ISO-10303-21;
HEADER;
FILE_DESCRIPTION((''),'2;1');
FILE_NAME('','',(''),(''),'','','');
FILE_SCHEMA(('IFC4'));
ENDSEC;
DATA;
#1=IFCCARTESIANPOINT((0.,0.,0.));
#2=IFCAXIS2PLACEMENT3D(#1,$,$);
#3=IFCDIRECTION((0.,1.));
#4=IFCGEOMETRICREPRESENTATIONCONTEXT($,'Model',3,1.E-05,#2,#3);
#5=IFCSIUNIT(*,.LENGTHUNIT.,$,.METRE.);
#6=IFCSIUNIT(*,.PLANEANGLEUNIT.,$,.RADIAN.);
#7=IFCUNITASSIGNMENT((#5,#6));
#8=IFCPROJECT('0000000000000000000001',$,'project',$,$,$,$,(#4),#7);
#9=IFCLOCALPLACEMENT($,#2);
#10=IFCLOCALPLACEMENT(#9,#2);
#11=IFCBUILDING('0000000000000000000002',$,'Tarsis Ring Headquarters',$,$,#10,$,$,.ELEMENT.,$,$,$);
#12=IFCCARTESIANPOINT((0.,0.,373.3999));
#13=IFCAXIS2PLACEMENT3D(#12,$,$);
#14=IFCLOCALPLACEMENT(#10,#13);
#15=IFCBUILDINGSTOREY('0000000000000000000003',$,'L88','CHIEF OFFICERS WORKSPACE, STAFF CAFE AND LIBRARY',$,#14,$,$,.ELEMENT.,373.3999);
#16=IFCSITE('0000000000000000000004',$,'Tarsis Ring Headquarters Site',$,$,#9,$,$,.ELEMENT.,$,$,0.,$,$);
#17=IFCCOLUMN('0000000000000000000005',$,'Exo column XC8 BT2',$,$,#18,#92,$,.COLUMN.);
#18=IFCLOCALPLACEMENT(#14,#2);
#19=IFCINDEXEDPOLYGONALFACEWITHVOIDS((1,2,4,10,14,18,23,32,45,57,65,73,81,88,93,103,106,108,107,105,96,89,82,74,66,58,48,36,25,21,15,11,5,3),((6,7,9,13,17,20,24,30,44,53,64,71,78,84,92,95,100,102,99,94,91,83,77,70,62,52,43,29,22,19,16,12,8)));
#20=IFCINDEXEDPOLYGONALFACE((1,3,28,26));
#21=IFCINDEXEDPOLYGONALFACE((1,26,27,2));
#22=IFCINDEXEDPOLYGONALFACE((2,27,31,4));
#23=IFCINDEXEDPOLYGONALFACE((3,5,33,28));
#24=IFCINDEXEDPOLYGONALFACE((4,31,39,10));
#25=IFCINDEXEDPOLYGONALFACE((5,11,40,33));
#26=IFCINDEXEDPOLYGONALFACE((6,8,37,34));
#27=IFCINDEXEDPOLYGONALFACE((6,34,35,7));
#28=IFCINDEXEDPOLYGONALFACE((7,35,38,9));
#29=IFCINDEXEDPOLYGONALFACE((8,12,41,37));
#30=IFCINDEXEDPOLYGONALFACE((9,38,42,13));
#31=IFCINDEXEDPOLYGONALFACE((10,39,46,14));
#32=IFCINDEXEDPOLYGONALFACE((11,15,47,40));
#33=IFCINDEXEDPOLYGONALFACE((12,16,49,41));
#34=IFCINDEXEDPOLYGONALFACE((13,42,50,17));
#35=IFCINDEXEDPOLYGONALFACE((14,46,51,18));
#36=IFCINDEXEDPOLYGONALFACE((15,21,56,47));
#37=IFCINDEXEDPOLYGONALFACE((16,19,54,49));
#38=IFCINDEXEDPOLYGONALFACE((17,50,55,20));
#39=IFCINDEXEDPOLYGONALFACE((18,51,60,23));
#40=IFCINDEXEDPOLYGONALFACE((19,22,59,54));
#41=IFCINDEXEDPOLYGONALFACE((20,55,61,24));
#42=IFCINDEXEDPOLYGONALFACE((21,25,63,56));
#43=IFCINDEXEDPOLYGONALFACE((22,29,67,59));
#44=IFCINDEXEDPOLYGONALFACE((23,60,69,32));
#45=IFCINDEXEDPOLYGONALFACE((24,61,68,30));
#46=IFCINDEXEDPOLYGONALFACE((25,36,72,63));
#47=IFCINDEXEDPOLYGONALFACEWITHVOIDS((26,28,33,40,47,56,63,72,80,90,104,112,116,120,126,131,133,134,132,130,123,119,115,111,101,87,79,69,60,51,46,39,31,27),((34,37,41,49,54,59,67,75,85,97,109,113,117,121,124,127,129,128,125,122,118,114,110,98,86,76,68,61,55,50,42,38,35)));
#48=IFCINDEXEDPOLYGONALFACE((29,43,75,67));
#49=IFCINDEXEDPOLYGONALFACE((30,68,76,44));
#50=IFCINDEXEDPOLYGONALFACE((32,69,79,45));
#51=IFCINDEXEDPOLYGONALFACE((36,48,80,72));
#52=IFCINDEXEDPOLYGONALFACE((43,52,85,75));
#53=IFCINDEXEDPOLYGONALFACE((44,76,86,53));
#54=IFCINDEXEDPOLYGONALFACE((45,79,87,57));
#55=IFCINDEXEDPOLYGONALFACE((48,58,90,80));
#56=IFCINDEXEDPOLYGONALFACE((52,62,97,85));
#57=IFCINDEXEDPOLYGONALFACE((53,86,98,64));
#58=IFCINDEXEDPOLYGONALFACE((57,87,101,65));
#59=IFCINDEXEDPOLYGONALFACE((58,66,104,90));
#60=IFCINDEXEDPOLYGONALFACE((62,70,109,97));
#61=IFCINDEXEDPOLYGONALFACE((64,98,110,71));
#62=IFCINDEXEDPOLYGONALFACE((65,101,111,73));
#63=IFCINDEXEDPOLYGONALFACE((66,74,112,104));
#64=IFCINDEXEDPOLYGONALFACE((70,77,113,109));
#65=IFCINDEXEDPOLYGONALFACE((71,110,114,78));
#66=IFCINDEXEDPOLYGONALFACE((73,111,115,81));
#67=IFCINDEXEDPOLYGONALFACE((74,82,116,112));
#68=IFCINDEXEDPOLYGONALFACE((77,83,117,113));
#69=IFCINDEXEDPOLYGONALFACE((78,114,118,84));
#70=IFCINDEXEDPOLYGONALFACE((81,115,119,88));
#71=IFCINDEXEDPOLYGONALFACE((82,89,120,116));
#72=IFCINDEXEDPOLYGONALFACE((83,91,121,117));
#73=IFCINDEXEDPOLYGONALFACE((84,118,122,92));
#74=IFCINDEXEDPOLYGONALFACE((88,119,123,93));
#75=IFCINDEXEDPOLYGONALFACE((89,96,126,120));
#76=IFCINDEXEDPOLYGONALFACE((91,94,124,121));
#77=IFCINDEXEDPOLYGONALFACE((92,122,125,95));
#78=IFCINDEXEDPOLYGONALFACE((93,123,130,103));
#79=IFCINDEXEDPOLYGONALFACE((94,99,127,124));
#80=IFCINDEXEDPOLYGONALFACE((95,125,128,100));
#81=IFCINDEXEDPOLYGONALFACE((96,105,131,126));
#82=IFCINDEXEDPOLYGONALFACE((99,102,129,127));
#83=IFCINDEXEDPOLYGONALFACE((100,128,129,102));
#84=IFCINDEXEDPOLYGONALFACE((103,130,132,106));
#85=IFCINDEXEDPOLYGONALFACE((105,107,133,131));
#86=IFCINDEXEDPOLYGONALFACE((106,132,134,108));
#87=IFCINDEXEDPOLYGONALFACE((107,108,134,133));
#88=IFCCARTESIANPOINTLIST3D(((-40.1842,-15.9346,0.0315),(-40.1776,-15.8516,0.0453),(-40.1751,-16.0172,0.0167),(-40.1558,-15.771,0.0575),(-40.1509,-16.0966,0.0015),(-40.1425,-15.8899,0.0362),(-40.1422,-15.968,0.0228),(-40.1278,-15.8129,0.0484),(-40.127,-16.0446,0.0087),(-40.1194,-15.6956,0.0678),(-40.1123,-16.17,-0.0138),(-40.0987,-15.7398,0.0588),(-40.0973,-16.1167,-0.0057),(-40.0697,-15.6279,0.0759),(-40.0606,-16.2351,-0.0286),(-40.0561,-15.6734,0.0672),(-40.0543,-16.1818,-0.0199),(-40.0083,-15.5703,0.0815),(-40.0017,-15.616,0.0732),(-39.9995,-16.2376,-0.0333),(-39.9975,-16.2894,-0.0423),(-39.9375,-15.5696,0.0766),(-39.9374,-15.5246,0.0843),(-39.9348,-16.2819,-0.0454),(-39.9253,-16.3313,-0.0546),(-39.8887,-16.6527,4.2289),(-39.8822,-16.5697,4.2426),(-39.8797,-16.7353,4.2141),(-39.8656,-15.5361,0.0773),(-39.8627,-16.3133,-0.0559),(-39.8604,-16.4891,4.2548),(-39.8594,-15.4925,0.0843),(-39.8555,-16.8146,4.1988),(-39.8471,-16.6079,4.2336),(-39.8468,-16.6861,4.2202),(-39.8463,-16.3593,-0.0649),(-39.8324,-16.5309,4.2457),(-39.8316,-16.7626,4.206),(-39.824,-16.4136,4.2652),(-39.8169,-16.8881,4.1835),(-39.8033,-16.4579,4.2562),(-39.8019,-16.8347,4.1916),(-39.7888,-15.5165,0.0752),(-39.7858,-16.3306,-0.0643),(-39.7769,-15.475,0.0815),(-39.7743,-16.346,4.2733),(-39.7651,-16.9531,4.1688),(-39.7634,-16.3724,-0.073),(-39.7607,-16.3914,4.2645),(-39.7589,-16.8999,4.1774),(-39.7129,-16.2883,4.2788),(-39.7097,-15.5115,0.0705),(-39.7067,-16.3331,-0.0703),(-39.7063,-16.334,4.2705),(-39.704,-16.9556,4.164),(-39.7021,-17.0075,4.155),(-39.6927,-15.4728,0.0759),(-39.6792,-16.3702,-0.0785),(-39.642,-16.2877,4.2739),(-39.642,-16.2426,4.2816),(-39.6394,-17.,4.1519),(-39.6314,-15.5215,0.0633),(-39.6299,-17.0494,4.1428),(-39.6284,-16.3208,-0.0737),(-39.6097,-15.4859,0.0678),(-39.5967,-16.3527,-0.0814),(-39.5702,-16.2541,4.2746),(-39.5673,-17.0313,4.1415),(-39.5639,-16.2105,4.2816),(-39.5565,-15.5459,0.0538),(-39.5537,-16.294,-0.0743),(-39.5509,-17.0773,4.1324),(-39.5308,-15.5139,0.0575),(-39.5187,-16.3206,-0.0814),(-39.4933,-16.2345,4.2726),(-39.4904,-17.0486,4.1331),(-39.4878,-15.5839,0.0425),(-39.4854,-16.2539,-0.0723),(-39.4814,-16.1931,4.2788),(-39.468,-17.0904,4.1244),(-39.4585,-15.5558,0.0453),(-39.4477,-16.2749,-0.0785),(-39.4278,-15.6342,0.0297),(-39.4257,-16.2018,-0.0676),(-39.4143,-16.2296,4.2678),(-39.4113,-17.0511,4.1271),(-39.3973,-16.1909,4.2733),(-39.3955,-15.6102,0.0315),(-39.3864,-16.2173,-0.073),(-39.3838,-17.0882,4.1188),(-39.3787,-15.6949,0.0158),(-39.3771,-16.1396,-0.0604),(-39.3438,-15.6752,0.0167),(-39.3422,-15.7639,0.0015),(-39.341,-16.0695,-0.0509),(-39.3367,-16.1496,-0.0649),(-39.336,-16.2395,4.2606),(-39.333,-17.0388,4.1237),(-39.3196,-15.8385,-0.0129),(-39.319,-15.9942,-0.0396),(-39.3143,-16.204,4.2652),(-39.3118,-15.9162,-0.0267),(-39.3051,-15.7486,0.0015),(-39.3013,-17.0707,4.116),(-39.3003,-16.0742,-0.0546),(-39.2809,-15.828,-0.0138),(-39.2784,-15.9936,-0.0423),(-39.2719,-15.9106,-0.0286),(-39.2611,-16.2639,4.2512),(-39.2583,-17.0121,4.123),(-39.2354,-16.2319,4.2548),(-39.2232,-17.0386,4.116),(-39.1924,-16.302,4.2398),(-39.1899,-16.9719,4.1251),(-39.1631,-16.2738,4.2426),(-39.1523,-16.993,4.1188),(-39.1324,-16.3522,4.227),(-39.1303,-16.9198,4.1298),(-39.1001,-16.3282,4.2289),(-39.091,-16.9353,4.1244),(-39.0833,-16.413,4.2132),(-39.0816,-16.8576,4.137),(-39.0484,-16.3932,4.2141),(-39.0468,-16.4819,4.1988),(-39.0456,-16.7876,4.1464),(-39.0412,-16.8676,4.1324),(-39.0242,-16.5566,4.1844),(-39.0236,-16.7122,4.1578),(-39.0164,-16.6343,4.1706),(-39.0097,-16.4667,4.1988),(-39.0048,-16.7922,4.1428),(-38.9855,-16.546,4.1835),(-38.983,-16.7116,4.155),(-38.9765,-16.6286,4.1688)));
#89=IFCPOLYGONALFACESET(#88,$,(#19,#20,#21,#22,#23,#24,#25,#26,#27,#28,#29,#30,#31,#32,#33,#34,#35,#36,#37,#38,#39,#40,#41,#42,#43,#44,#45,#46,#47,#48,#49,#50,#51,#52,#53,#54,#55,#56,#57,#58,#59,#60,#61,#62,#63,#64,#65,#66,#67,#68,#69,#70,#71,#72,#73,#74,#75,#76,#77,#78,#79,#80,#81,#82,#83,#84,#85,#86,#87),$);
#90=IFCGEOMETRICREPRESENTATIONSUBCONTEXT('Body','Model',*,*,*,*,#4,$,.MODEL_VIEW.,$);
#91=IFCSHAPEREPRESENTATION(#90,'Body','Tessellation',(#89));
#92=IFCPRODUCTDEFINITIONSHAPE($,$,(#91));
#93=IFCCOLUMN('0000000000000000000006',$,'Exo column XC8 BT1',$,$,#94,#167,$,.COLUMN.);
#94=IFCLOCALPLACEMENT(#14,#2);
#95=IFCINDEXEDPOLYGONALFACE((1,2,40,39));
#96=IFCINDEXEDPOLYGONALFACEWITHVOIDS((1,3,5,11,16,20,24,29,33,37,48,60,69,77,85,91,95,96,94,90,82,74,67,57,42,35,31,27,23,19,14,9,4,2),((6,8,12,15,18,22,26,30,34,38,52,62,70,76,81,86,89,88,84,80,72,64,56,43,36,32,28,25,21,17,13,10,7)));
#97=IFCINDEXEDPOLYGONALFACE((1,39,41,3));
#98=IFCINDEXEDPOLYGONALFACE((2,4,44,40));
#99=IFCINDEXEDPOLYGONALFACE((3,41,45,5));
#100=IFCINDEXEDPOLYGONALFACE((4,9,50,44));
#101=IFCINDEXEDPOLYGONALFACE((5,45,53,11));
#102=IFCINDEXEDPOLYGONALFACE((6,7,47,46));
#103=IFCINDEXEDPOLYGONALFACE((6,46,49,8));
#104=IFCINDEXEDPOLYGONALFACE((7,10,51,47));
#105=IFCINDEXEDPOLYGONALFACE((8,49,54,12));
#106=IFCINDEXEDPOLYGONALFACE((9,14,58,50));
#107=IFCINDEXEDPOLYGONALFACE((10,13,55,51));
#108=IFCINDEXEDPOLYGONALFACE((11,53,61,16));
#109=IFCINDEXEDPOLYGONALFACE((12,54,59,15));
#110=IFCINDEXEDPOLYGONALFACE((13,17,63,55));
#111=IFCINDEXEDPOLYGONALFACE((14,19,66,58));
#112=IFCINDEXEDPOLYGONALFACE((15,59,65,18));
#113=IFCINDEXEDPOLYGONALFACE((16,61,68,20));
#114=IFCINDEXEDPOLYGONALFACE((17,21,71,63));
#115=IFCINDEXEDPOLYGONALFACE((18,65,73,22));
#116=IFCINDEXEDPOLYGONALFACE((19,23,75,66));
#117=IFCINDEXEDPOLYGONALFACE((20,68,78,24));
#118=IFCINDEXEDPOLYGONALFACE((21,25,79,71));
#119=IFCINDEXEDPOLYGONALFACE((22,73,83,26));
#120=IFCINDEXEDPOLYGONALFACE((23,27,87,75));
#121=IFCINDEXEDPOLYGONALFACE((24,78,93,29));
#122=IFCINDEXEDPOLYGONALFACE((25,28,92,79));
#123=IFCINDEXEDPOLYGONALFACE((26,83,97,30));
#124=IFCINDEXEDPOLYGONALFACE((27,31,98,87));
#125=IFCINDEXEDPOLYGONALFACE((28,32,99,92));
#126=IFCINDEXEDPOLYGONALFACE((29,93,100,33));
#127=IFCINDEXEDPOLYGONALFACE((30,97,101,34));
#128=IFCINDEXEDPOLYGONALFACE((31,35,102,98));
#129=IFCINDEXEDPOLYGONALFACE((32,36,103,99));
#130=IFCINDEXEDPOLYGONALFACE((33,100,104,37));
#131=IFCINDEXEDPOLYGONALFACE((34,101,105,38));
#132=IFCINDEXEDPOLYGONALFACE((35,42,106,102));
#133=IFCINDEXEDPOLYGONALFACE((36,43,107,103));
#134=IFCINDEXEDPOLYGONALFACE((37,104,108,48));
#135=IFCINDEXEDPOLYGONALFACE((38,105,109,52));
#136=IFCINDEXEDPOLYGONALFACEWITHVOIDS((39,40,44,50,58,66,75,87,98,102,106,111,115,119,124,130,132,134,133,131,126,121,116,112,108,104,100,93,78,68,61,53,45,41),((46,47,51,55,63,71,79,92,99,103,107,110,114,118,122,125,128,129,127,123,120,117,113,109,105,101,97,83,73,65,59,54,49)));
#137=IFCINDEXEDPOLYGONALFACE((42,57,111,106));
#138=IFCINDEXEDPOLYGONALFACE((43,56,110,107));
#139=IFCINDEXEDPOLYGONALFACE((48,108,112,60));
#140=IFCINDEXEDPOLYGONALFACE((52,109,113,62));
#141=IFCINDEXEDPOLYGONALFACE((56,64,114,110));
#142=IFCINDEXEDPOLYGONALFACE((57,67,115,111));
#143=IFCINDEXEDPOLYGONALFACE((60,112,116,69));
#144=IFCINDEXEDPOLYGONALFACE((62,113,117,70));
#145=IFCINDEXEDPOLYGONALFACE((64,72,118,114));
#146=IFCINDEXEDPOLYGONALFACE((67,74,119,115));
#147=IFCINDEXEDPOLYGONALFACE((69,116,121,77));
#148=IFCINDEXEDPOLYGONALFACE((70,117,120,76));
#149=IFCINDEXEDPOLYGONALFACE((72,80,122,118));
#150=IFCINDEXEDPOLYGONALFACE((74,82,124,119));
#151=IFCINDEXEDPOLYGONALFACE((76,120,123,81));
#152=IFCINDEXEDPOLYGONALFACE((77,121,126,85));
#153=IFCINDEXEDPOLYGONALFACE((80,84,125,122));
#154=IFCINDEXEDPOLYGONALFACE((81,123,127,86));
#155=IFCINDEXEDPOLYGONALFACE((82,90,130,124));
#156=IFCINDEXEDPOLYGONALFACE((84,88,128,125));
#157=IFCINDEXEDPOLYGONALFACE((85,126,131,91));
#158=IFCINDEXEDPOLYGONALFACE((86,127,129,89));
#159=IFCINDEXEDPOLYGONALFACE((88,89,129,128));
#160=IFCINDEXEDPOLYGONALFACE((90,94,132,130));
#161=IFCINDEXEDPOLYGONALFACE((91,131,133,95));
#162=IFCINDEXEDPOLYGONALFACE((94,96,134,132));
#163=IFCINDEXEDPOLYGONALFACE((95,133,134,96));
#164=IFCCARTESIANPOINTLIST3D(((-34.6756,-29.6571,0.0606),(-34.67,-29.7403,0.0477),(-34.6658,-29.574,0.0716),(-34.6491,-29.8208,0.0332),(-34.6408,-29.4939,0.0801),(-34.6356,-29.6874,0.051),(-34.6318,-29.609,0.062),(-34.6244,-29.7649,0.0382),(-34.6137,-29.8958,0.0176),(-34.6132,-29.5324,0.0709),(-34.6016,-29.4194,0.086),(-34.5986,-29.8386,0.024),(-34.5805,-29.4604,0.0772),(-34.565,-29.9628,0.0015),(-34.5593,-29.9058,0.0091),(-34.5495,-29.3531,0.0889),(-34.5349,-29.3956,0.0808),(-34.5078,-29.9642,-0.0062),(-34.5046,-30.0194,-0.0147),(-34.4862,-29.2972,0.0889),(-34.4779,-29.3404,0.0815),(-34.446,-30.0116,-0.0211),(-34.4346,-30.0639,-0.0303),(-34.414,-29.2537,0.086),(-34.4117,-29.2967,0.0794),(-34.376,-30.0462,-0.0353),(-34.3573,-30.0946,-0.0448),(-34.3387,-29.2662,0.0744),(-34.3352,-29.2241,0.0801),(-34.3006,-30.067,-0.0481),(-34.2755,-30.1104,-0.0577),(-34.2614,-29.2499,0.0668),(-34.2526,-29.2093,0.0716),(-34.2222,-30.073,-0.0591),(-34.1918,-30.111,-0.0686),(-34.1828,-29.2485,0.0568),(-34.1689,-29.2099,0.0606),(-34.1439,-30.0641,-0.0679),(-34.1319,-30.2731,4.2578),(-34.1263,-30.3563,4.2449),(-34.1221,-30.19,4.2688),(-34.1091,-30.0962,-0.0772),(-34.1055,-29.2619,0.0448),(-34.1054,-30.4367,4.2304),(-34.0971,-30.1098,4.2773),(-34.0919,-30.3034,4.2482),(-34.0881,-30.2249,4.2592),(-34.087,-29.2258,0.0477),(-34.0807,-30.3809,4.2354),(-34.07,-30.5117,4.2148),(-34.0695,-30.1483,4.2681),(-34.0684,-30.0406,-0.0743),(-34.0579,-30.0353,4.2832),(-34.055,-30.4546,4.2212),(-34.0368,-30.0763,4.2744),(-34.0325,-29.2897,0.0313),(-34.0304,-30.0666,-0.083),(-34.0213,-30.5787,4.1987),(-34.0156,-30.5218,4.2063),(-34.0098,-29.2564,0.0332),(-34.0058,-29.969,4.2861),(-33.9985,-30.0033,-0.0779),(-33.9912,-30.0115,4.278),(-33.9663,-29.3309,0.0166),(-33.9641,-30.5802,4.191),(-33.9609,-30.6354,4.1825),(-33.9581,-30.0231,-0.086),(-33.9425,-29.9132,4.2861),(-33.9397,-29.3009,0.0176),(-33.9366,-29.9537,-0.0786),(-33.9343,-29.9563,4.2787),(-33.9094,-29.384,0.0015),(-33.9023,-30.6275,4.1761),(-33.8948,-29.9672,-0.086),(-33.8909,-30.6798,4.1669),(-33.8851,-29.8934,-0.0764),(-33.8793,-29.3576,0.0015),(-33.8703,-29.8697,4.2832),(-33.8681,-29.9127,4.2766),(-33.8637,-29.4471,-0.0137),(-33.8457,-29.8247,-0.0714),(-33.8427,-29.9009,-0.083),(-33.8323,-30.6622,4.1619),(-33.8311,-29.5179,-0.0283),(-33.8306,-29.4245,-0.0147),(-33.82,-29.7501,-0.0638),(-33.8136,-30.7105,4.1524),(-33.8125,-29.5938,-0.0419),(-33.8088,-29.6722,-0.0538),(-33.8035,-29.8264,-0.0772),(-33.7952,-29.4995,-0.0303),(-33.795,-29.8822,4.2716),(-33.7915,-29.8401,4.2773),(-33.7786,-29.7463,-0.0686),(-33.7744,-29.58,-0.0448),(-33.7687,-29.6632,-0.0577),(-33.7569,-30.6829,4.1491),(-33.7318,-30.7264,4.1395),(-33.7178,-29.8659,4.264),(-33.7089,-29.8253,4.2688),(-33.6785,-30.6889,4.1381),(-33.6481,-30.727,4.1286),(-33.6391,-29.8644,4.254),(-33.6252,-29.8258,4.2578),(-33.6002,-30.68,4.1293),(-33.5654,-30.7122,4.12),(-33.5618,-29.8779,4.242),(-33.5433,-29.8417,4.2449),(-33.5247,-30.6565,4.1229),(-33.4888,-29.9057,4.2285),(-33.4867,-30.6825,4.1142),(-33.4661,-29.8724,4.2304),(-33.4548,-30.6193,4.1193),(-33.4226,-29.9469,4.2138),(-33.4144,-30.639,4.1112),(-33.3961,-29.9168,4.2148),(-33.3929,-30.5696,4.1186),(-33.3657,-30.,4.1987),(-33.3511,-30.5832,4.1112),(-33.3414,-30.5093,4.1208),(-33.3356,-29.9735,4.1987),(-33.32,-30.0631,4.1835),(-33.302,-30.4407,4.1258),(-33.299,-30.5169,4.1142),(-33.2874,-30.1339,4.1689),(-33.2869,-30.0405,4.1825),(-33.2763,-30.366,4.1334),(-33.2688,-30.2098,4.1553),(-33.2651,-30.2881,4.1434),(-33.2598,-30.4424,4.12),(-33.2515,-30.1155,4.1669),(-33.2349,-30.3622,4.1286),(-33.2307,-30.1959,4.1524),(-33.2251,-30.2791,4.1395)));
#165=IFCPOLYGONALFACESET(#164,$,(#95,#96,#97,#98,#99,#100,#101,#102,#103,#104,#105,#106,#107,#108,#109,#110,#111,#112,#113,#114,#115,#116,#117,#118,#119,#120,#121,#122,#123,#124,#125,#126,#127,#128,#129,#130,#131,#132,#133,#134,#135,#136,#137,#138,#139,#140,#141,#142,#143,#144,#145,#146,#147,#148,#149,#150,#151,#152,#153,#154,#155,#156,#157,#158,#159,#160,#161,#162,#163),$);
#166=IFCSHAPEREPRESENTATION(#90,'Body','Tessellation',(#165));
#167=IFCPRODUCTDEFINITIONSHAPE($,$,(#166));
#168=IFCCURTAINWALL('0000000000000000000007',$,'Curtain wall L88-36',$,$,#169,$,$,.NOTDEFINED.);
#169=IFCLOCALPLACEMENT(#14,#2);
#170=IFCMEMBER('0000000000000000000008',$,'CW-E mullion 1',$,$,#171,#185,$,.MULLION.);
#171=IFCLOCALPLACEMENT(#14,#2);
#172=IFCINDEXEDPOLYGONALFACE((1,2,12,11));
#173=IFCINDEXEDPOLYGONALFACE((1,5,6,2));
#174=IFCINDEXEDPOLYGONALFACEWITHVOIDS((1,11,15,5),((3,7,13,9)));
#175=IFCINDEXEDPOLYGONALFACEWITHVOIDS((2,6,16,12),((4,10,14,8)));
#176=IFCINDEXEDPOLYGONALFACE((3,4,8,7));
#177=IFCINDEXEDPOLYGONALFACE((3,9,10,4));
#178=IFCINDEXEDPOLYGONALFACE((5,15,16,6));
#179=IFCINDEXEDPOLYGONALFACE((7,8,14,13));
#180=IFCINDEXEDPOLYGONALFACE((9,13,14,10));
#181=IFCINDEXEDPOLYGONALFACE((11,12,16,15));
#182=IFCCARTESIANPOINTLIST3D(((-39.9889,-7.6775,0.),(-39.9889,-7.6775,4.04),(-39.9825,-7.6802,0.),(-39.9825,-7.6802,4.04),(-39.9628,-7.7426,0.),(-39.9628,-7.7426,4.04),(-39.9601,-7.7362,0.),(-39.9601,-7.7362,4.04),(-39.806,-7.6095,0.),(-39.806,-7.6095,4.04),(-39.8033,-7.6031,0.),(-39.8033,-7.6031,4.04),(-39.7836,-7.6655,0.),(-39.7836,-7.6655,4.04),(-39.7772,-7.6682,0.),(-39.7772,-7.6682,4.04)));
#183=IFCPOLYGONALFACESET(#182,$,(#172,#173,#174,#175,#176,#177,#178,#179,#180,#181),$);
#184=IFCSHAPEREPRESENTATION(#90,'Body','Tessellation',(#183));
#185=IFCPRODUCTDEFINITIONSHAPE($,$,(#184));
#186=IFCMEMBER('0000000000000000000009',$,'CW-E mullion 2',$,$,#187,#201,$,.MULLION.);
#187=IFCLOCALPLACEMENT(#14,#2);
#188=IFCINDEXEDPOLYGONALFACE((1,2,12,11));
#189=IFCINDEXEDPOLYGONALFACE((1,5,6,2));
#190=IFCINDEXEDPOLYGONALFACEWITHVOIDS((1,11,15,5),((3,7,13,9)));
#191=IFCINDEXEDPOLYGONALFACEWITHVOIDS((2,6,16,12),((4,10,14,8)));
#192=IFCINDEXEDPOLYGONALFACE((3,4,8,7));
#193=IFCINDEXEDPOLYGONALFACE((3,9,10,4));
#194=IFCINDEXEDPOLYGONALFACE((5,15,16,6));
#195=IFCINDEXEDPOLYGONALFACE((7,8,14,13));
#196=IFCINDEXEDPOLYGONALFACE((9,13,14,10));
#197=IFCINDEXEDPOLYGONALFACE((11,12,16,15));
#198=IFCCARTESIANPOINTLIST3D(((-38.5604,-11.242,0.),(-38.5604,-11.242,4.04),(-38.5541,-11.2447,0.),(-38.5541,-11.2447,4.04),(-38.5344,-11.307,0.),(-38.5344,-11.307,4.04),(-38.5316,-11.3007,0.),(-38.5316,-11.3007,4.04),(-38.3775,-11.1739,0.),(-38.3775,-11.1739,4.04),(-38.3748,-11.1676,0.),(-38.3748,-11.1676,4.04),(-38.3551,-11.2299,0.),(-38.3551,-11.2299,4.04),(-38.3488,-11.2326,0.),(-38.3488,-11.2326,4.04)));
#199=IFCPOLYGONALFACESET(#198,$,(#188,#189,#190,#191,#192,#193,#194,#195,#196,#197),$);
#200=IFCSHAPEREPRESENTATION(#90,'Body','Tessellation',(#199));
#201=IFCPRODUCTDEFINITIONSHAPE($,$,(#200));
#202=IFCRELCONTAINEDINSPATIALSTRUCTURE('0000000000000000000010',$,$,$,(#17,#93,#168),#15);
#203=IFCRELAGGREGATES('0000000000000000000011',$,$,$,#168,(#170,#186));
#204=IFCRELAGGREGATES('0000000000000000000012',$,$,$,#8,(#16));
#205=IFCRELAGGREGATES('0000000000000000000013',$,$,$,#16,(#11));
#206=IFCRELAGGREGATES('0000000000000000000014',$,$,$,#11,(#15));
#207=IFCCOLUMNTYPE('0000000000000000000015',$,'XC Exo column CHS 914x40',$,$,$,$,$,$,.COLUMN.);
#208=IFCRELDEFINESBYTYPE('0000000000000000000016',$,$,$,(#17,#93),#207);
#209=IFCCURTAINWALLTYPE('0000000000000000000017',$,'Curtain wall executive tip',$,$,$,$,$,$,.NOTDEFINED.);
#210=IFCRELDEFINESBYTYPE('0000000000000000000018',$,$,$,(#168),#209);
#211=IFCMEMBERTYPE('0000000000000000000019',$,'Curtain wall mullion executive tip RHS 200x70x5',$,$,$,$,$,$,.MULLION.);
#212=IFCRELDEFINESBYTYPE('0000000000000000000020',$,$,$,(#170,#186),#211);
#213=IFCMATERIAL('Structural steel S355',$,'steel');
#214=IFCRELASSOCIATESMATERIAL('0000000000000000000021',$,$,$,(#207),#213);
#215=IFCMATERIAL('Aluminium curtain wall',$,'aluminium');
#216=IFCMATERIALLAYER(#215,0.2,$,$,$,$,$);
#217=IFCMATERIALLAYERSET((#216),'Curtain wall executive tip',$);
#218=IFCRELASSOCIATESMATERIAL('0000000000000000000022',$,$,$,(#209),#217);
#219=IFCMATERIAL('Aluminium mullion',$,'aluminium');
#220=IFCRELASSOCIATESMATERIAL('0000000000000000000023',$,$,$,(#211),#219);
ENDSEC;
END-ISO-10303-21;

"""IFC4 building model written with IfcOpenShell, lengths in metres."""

from ifc_helpers import new_model, si_unit, direction, frame, origin, origin_2d, place, context, subcontext, project, spatial, hollow_rectangle, hollow_circle, extrude, material, layer, layer_set, material_profile, profile_set, type_object, element, aggregate, save


model = new_model("IFC4")

# Units and contexts
model_context = context("Model", 3, precision=1e-05, world=origin(), true_north=direction((0.0, 1.0)))
body_context = subcontext(model_context, "Body", "Model", "MODEL_VIEW")
ifc_project = project(units=[si_unit("LENGTHUNIT", "METRE"), si_unit("PLANEANGLEUNIT", "RADIAN")], contexts=[model_context])

# Site, building, storey
site_placement = place(None, origin())
site = spatial("IfcSite", under=ifc_project, at=site_placement, Name="Tarsis Ring Headquarters Site", CompositionType="ELEMENT", RefElevation=0.0)
building_placement = place(site_placement, origin())
building = spatial("IfcBuilding", under=site, at=building_placement, Name="Tarsis Ring Headquarters", CompositionType="ELEMENT")
storey_placement = place(building_placement, frame((0.0, 0.0, 373.3999)))
storey = spatial("IfcBuildingStorey", under=building, at=storey_placement, Name="L88", Description="CHIEF OFFICERS WORKSPACE, STAFF CAFE AND LIBRARY", CompositionType="ELEMENT", Elevation=373.3999)

# Columns
ifc_material_1 = material(Name="Structural steel S355", Category="steel")
ifc_material_profile_1 = material_profile(ifc_material_1, hollow_circle(Radius=0.457, WallThickness=0.04, at=origin_2d()), Name="CHS 914x40")
ifc_profile_set_1 = profile_set([ifc_material_profile_1], Name="Structural steel S355")
column_type = type_object("IfcColumnType", Name="XC Exo column CHS 914x40", PredefinedType="COLUMN", material=ifc_profile_set_1)
column_1_placement = place(storey_placement, frame((-39.728, -15.9226, 0.0015), z_axis=(0.069207, -0.168214, 0.983318), x_axis=(0.924789, 0.380481, 0.0)))
element("IfcColumn", 1, at=column_1_placement, inside=storey, type_object=column_type, Name="Exo column XC8 BT2", PredefinedType="COLUMN", context=body_context, shape_type="SweptSolid", body=[
    extrude(hollow_circle(Radius=0.4573, WallThickness=0.04, at=origin_2d()), origin(), (0.0, 0.0, 1.0), 4.2686),
])
column_2_placement = place(storey_placement, frame((-34.2222, -29.6602, 0.0015), z_axis=(0.127124, -0.144021, 0.981375), x_axis=(0.749716, 0.661759, 0.0)))
element("IfcColumn", 2, at=column_2_placement, inside=storey, type_object=column_type, Name="Exo column XC8 BT1", PredefinedType="COLUMN", context=body_context, shape_type="SweptSolid", body=[
    extrude(hollow_circle(Radius=0.4573, WallThickness=0.04, at=origin_2d()), origin(), (0.0, 0.0, 1.0), 4.2769),
])

# Curtain wall, members
ifc_material_2 = material(Name="Aluminium curtain wall", Category="aluminium")
ifc_layer_1 = layer(ifc_material_2, 0.2)
ifc_layer_set_1 = layer_set([ifc_layer_1], Name="Curtain wall executive tip")
curtain_wall_type = type_object("IfcCurtainWallType", Name="Curtain wall executive tip", PredefinedType="NOTDEFINED", material=ifc_layer_set_1)
curtain_wall_placement = place(storey_placement, origin())
curtain_wall = element("IfcCurtainWall", 3, at=curtain_wall_placement, inside=storey, type_object=curtain_wall_type, Name="Curtain wall L88-36", PredefinedType="NOTDEFINED")
ifc_material_3 = material(Name="Aluminium mullion", Category="aluminium")
ifc_material_profile_2 = material_profile(ifc_material_3, hollow_rectangle(XDim=0.2, YDim=0.0701, WallThickness=0.0049, at=origin_2d()), Name="RHS 200x70x5")
ifc_profile_set_2 = profile_set([ifc_material_profile_2], Name="Aluminium mullion")
member_type_1 = type_object("IfcMemberType", Name="Curtain wall mullion executive tip RHS 200x70x5", PredefinedType="MULLION", material=ifc_profile_set_2)
member_1_placement = place(storey_placement, frame((-39.8831, -7.6729, 0.0), z_axis=(0.0, 0.0, 1.0), x_axis=(0.928226, 0.372016, 0.0)))
member_1 = element("IfcMember", 4, at=member_1_placement, type_object=member_type_1, Name="CW-E mullion 1", PredefinedType="MULLION", context=body_context, shape_type="SweptSolid", body=[
    extrude(hollow_rectangle(XDim=0.2, YDim=0.0701, WallThickness=0.0049, at=origin_2d()), origin(), (0.0, 0.0, 1.0), 4.04),
])
member_2_placement = place(storey_placement, frame((-38.4546, -11.2373, 0.0), z_axis=(0.0, 0.0, 1.0), x_axis=(0.928226, 0.372016, 0.0)))
member_2 = element("IfcMember", 5, at=member_2_placement, type_object=member_type_1, Name="CW-E mullion 2", PredefinedType="MULLION", context=body_context, shape_type="SweptSolid", body=[
    extrude(hollow_rectangle(XDim=0.2, YDim=0.0701, WallThickness=0.0049, at=origin_2d()), origin(), (0.0, 0.0, 1.0), 4.04),
])

aggregate(curtain_wall, [member_1, member_2])

save(model, "model.ifc")
